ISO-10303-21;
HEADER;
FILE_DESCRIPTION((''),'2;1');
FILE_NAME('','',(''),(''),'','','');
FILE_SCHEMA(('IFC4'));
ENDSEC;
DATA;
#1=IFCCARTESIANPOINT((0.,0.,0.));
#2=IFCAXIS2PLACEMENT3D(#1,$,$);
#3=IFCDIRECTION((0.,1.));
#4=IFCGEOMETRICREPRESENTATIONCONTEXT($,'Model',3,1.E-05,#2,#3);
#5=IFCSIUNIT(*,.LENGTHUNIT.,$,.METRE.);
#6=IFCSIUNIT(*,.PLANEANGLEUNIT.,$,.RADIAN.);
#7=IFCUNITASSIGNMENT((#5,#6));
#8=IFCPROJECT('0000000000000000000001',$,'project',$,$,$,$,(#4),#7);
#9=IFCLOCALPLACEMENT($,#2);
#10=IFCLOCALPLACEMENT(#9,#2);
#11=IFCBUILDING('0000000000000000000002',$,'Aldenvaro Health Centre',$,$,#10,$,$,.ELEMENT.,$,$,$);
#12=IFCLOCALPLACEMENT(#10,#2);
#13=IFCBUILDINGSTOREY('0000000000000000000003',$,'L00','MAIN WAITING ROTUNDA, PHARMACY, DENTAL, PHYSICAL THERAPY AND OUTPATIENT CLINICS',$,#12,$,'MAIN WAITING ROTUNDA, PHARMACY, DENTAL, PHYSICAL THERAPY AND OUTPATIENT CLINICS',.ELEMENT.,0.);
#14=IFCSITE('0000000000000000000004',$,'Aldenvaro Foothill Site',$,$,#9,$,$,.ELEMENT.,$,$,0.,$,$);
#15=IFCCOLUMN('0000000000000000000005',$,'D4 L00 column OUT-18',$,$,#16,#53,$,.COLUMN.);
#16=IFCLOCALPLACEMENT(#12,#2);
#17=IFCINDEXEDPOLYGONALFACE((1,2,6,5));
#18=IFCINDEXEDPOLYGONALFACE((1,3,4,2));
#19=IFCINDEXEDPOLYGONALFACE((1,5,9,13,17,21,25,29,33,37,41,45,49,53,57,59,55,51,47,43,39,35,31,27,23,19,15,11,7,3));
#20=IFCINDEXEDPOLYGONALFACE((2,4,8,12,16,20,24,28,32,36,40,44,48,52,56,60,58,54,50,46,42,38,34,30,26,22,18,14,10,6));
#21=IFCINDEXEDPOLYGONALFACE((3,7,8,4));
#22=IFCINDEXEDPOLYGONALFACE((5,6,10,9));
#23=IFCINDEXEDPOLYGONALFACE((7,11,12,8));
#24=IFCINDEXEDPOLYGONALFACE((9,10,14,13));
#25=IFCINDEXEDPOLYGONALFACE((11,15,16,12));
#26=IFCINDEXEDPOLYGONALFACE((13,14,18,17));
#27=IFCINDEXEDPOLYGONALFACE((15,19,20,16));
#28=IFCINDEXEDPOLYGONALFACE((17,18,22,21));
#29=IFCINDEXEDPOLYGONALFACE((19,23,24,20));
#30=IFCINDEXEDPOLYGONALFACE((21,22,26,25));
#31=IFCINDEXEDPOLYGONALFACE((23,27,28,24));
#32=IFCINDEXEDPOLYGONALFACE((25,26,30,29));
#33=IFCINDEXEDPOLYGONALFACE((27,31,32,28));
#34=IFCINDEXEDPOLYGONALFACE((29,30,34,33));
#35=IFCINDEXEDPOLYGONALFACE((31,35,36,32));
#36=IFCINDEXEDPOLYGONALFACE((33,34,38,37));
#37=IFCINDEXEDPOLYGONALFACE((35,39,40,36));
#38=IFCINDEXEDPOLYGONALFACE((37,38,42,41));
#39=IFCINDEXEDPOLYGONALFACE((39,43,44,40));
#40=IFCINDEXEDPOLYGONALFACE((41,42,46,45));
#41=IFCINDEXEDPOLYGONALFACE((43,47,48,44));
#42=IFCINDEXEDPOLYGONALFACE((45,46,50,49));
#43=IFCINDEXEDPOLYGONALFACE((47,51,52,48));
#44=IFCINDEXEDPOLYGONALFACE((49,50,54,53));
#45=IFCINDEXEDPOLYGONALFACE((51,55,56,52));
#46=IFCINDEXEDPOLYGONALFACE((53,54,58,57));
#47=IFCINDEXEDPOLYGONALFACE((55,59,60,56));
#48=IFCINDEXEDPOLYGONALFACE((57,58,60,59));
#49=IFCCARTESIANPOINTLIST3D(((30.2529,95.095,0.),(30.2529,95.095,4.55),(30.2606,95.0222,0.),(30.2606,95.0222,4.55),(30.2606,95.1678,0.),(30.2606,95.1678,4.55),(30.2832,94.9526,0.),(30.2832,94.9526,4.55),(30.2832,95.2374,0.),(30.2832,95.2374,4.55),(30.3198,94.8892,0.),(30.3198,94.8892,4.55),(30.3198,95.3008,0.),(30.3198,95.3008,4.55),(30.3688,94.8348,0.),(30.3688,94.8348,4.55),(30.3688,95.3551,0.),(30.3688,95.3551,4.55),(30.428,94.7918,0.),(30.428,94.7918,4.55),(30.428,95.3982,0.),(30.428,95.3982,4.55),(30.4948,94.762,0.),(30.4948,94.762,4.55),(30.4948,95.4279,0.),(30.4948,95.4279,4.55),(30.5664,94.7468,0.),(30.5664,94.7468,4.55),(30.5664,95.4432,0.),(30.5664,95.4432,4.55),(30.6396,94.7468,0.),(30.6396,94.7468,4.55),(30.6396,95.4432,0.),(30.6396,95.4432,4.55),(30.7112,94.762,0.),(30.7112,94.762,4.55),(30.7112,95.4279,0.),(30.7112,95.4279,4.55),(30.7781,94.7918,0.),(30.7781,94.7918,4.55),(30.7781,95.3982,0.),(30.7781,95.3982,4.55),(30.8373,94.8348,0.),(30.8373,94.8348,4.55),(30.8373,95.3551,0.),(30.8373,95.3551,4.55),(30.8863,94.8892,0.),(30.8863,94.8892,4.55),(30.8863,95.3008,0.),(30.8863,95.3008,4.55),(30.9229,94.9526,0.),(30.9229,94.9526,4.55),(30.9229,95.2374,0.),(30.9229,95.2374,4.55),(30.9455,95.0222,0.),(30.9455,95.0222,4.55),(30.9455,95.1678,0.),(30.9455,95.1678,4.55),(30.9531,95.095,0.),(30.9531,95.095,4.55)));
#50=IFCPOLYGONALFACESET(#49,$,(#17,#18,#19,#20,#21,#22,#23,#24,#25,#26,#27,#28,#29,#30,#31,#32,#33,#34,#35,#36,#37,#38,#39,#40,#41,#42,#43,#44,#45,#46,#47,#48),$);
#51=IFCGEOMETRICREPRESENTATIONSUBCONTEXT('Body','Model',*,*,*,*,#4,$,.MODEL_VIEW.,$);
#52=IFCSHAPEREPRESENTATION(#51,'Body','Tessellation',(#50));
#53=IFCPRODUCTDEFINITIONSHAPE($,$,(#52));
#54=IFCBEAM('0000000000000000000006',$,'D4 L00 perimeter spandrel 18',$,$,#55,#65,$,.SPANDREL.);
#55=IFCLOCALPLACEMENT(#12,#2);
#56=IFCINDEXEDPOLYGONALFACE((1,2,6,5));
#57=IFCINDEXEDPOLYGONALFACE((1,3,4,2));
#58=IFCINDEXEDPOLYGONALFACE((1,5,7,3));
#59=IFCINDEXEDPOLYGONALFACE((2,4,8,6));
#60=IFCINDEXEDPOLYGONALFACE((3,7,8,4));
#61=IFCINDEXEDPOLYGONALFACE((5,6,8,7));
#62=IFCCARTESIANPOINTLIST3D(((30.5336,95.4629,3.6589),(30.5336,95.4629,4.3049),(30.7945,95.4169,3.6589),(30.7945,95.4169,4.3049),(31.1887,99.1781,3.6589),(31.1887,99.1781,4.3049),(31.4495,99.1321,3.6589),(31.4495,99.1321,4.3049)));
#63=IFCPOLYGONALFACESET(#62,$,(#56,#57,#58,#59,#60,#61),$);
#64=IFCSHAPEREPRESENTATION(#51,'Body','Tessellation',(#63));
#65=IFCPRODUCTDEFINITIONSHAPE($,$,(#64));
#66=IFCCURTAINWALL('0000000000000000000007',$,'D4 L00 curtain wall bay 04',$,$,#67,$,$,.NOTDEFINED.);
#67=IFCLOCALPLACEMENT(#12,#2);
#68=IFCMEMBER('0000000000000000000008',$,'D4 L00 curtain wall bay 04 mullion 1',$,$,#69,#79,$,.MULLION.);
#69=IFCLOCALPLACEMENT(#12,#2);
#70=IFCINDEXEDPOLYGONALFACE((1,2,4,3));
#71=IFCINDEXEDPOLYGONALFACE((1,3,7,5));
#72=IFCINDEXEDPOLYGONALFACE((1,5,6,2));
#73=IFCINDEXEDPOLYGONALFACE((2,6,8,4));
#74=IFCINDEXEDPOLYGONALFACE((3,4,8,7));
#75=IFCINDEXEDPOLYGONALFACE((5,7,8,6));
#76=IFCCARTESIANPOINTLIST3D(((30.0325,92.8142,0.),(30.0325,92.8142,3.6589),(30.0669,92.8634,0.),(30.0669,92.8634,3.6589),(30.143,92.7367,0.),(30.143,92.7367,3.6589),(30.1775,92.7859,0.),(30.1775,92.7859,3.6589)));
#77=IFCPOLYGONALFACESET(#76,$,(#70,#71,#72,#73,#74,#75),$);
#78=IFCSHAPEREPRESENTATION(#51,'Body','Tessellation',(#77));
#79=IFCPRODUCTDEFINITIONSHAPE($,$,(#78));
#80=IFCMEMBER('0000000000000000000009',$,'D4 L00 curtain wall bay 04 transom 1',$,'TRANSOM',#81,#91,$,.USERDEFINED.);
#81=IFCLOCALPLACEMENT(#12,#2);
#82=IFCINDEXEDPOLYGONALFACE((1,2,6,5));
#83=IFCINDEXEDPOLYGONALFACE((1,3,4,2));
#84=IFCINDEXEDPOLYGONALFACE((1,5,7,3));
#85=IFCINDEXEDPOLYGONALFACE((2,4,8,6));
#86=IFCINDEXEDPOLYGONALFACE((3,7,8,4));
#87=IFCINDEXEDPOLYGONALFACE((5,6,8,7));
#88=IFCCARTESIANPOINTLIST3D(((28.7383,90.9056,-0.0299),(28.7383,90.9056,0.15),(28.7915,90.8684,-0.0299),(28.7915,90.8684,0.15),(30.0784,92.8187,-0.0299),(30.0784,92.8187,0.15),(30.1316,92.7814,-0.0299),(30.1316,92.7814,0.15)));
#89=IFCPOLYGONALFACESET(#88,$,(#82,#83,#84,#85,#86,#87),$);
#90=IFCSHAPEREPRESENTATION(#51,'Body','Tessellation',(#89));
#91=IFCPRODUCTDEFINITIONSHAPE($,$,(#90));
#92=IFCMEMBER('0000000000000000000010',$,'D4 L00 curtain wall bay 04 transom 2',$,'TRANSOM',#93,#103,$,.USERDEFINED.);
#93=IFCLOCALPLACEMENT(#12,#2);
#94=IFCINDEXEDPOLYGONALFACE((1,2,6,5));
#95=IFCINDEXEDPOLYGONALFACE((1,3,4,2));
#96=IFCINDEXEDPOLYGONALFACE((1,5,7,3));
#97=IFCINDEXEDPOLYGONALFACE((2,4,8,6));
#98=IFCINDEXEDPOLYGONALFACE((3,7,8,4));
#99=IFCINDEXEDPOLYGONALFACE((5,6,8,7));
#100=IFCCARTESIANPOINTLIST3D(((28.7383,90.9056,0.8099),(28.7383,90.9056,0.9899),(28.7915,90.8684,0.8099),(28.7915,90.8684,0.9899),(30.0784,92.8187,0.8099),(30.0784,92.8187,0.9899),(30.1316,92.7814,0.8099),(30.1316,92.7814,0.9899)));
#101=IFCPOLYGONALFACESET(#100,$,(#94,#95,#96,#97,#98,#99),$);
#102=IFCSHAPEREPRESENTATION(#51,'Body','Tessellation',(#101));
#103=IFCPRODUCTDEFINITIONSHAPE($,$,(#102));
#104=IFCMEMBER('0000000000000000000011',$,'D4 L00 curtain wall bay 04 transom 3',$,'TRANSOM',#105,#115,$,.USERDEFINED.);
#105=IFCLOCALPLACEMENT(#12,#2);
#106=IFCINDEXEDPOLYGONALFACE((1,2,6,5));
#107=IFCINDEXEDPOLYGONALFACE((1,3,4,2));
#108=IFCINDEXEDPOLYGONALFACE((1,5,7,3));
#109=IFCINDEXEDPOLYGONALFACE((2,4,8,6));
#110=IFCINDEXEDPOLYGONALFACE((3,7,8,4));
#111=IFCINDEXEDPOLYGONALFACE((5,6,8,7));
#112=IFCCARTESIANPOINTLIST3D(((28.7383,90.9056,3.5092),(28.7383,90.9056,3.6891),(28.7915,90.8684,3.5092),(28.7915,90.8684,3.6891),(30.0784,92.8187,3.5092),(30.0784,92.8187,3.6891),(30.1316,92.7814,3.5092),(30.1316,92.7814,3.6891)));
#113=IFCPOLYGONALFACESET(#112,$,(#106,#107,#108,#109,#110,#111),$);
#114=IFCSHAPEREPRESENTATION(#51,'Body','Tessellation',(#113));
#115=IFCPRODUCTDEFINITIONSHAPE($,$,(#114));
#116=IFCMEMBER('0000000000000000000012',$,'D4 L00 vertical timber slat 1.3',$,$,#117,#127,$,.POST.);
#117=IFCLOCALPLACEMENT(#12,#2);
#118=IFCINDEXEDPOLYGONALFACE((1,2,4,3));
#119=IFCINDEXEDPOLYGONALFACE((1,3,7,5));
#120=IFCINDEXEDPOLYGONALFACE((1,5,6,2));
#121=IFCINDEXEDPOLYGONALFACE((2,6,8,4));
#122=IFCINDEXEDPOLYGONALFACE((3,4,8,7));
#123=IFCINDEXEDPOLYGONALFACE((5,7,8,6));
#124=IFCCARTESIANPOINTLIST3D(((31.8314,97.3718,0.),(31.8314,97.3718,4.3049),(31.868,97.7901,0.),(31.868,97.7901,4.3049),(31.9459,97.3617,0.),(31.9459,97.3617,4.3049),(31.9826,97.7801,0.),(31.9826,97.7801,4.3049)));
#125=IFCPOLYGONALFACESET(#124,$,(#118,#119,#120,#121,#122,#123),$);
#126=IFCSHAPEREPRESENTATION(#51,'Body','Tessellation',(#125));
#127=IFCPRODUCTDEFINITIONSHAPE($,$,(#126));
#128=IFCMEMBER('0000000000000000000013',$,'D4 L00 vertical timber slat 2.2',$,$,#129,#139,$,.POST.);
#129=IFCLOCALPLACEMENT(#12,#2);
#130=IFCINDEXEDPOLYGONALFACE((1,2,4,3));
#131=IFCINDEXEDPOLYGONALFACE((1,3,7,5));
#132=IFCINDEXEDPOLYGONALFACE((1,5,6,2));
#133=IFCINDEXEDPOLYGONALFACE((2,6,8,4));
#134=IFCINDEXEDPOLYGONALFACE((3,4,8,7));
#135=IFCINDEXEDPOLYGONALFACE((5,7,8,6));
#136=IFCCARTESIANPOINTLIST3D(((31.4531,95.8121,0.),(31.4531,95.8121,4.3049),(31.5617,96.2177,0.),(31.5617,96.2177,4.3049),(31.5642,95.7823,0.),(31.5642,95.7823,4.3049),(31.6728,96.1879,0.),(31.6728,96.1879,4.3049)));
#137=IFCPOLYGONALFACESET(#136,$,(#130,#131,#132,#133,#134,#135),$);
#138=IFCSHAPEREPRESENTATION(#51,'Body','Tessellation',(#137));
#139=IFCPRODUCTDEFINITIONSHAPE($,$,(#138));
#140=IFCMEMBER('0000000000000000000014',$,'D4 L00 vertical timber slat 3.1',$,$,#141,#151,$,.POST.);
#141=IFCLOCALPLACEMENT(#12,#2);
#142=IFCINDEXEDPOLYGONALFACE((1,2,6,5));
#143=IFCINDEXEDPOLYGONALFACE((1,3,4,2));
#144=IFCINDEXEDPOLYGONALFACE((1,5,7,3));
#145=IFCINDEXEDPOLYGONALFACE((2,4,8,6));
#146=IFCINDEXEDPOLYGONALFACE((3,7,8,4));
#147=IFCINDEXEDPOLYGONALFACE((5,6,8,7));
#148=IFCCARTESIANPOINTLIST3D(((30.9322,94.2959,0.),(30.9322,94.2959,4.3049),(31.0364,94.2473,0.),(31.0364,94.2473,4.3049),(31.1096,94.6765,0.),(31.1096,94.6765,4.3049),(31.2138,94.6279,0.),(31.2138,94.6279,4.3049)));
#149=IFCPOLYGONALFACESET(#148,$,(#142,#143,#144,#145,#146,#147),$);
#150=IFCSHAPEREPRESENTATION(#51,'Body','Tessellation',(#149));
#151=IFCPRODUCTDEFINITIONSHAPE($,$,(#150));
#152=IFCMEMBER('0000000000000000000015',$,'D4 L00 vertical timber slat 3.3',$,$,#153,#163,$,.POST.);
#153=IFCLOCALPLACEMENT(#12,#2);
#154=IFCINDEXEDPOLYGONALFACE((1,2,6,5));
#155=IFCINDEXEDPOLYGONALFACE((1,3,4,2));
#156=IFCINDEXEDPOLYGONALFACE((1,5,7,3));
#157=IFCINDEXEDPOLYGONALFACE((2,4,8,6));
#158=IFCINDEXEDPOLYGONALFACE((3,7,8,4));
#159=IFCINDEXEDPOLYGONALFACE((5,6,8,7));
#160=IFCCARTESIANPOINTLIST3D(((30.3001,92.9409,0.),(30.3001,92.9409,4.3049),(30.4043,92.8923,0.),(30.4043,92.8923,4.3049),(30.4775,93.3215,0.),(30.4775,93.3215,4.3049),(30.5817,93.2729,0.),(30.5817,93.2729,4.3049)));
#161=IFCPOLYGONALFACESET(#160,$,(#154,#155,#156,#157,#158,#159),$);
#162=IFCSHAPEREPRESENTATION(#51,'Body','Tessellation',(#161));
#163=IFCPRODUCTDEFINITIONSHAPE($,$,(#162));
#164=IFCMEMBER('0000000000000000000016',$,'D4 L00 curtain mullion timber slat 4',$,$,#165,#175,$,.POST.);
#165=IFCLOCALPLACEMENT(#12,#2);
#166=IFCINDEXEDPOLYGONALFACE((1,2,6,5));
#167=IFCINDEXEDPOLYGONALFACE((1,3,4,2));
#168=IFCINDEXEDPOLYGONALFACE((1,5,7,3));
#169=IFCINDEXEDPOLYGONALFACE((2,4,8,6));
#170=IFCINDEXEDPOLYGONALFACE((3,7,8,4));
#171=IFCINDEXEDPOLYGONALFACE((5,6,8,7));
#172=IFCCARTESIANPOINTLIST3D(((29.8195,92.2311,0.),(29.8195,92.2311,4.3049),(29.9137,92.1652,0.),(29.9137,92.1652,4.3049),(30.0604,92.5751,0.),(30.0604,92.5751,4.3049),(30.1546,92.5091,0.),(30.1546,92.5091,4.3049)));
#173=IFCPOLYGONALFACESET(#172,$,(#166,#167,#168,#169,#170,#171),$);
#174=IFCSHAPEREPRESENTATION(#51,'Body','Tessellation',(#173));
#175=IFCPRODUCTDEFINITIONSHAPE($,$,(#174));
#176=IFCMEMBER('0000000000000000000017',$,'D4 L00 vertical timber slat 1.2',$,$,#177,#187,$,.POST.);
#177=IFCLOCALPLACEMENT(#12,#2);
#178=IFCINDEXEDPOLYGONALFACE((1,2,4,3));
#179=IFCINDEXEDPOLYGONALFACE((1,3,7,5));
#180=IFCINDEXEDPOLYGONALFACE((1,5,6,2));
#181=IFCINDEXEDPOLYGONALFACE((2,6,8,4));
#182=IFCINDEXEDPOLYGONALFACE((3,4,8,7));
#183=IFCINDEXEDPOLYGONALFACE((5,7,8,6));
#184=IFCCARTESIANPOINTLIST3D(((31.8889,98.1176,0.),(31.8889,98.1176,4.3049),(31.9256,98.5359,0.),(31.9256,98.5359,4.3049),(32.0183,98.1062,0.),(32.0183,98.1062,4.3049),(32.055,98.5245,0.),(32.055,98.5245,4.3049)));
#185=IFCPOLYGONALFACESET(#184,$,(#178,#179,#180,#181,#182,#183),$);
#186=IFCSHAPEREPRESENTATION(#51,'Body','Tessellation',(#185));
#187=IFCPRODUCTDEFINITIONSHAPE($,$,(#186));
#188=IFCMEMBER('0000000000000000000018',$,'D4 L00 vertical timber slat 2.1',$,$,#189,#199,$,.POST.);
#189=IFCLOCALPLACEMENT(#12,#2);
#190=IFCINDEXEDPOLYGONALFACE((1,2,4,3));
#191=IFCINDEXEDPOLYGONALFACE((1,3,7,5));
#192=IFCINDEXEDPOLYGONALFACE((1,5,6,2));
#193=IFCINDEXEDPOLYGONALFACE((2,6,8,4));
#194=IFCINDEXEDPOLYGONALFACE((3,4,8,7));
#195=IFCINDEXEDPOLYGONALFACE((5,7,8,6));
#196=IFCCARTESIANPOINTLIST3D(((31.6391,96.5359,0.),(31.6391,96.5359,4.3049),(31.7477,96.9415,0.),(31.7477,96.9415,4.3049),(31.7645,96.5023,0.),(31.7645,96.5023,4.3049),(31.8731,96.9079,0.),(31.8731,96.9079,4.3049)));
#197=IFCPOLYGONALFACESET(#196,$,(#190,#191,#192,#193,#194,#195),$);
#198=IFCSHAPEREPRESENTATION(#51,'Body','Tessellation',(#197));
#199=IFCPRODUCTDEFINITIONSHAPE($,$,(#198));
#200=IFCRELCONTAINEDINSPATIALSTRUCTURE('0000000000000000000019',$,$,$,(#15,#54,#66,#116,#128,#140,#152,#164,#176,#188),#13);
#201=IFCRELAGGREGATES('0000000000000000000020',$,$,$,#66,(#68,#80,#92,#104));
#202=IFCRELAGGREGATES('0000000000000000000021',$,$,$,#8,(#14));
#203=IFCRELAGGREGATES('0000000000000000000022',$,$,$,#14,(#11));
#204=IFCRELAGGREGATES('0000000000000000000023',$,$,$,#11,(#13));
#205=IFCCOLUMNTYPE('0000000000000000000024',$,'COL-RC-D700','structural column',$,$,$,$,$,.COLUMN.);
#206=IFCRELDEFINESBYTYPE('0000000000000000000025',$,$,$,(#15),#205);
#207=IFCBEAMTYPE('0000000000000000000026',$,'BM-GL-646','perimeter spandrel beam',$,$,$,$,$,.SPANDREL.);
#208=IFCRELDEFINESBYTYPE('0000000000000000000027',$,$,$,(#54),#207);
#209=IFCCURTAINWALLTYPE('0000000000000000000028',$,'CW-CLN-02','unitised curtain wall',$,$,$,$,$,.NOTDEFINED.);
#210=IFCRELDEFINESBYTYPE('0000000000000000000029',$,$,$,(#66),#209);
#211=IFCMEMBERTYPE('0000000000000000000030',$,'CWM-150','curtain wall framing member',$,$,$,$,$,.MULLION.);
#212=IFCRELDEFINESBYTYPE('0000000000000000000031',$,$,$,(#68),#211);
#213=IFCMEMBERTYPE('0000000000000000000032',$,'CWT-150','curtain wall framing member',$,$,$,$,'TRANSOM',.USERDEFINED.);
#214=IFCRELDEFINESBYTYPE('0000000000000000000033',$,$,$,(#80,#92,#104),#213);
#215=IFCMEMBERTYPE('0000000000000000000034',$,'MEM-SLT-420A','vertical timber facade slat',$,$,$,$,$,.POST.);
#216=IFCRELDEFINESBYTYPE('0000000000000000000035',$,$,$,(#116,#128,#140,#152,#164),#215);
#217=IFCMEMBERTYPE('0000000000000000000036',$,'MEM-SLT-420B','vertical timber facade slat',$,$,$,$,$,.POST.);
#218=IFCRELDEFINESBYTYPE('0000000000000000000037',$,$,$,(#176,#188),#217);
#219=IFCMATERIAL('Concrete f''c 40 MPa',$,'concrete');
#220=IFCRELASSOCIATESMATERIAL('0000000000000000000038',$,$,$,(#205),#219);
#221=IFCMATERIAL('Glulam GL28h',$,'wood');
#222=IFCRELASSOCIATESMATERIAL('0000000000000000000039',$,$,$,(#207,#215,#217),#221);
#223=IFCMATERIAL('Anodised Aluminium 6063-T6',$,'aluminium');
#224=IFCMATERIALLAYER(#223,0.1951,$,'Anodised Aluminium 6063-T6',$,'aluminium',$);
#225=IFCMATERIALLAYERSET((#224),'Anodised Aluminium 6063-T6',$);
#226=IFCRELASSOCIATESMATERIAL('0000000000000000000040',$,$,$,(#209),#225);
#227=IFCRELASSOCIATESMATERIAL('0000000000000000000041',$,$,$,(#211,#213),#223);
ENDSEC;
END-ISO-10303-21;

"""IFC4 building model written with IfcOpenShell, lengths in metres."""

from ifc_helpers import new_model, si_unit, direction, frame, origin, origin_2d, place, context, subcontext, project, spatial, rectangle, circle, extrude, material, layer, layer_set, material_profile, profile_set, type_object, element, aggregate, save


model = new_model("IFC4")

# Units and contexts
model_context = context("Model", 3, precision=1e-05, world=origin(), true_north=direction((0.0, 1.0)))
body_context = subcontext(model_context, "Body", "Model", "MODEL_VIEW")
ifc_project = project(units=[si_unit("LENGTHUNIT", "METRE"), si_unit("PLANEANGLEUNIT", "RADIAN")], contexts=[model_context])

# Site, building, storey
site_placement = place(None, origin())
site = spatial("IfcSite", under=ifc_project, at=site_placement, Name="Aldenvaro Foothill Site", CompositionType="ELEMENT", RefElevation=0.0)
building_placement = place(site_placement, origin())
building = spatial("IfcBuilding", under=site, at=building_placement, Name="Aldenvaro Health Centre", CompositionType="ELEMENT")
storey_placement = place(building_placement, origin())
storey = spatial("IfcBuildingStorey", under=building, at=storey_placement, Name="L00", Description="MAIN WAITING ROTUNDA, PHARMACY, DENTAL, PHYSICAL THERAPY AND OUTPATIENT CLINICS", LongName="MAIN WAITING ROTUNDA, PHARMACY, DENTAL, PHYSICAL THERAPY AND OUTPATIENT CLINICS", CompositionType="ELEMENT", Elevation=0.0)

# Column
ifc_material_1 = material(Name="Concrete f'c 40 MPa", Category="concrete")
ifc_material_profile_1 = material_profile(ifc_material_1, circle(Radius=0.3501, at=origin_2d()), Name="RC D700", Category="concrete")
ifc_profile_set_1 = profile_set([ifc_material_profile_1], Name="Concrete f'c 40 MPa")
column_type = type_object("IfcColumnType", Name="COL-RC-D700", Description="structural column", PredefinedType="COLUMN", material=ifc_profile_set_1)
column_placement = place(storey_placement, frame((30.603, 95.095, 0.0), z_axis=(0.0, 0.0, 1.0), x_axis=(1.0, 0.0, 0.0)))
element("IfcColumn", 1, at=column_placement, inside=storey, type_object=column_type, Name="D4 L00 column OUT-18", PredefinedType="COLUMN", context=body_context, shape_type="SweptSolid", body=[
    extrude(circle(Radius=0.3501, at=origin_2d()), origin(), (0.0, 0.0, 1.0), 4.55),
])

# Beam
ifc_material_2 = material(Name="Glulam GL28h", Category="wood")
ifc_material_profile_2 = material_profile(ifc_material_2, rectangle(XDim=0.2649, YDim=0.646, at=origin_2d()), Name="GL 265x646", Category="wood")
ifc_profile_set_2 = profile_set([ifc_material_profile_2], Name="Glulam GL28h")
beam_type = type_object("IfcBeamType", Name="BM-GL-646", Description="perimeter spandrel beam", PredefinedType="SPANDREL", material=ifc_profile_set_2)
beam_placement = place(storey_placement, frame((30.6641, 95.4399, 3.9819), z_axis=(0.173638, 0.98481, 0.0), x_axis=(-0.98481, 0.173638, 0.0)))
element("IfcBeam", 2, at=beam_placement, inside=storey, type_object=beam_type, Name="D4 L00 perimeter spandrel 18", PredefinedType="SPANDREL", context=body_context, shape_type="SweptSolid", body=[
    extrude(rectangle(XDim=0.2649, YDim=0.646, at=origin_2d()), origin(), (0.0, 0.0, 1.0), 3.7725),
])

# Curtain wall, members
ifc_material_3 = material(Name="Anodised Aluminium 6063-T6", Category="aluminium")
ifc_layer_1 = layer(ifc_material_3, 0.1951, Name="Anodised Aluminium 6063-T6", Category="aluminium")
ifc_layer_set_1 = layer_set([ifc_layer_1], Name="Anodised Aluminium 6063-T6")
curtain_wall_type = type_object("IfcCurtainWallType", Name="CW-CLN-02", Description="unitised curtain wall", PredefinedType="NOTDEFINED", material=ifc_layer_set_1)
curtain_wall_placement = place(storey_placement, origin())
curtain_wall = element("IfcCurtainWall", 3, at=curtain_wall_placement, inside=storey, type_object=curtain_wall_type, Name="D4 L00 curtain wall bay 04", PredefinedType="NOTDEFINED")
ifc_material_profile_3 = material_profile(ifc_material_3, rectangle(XDim=0.0601, YDim=0.135, at=origin_2d()), Name="ALU 60x135", Category="aluminium")
ifc_profile_set_3 = profile_set([ifc_material_profile_3], Name="Anodised Aluminium 6063-T6")
member_type_1 = type_object("IfcMemberType", Name="CWM-150", Description="curtain wall framing member", PredefinedType="MULLION", material=ifc_profile_set_3)
member_1_placement = place(storey_placement, frame((30.105, 92.8, 0.0), z_axis=(0.0, 0.0, 1.0), x_axis=(-0.573721, -0.819051, 0.0)))
member_1 = element("IfcMember", 4, at=member_1_placement, type_object=member_type_1, Name="D4 L00 curtain wall bay 04 mullion 1", PredefinedType="MULLION", context=body_context, shape_type="SweptSolid", body=[
    extrude(rectangle(XDim=0.0601, YDim=0.135, at=origin_2d()), origin(), (0.0, 0.0, 1.0), 3.6589),
])
ifc_material_profile_4 = material_profile(ifc_material_3, rectangle(XDim=0.0649, YDim=0.1799, at=origin_2d()), Name="ALU 65x180", Category="aluminium")
ifc_profile_set_4 = profile_set([ifc_material_profile_4], Name="Anodised Aluminium 6063-T6")
member_type_2 = type_object("IfcMemberType", Name="CWT-150", Description="curtain wall framing member", ElementType="TRANSOM", PredefinedType="USERDEFINED", material=ifc_profile_set_4)
member_2_placement = place(storey_placement, frame((30.105, 92.8, 0.0601), z_axis=(-0.573729, -0.819045, 0.0), x_axis=(0.819045, -0.573729, 0.0)))
member_2 = element("IfcMember", 5, at=member_2_placement, type_object=member_type_2, Name="D4 L00 curtain wall bay 04 transom 1", ObjectType="TRANSOM", PredefinedType="USERDEFINED", context=body_context, shape_type="SweptSolid", body=[
    extrude(rectangle(XDim=0.0649, YDim=0.1799, at=origin_2d()), origin(), (0.0, 0.0, 1.0), 2.3357),
])
member_3_placement = place(storey_placement, frame((30.105, 92.8, 0.8999), z_axis=(-0.573729, -0.819045, 0.0), x_axis=(0.819045, -0.573729, 0.0)))
member_3 = element("IfcMember", 6, at=member_3_placement, type_object=member_type_2, Name="D4 L00 curtain wall bay 04 transom 2", ObjectType="TRANSOM", PredefinedType="USERDEFINED", context=body_context, shape_type="SweptSolid", body=[
    extrude(rectangle(XDim=0.0649, YDim=0.1799, at=origin_2d()), origin(), (0.0, 0.0, 1.0), 2.3357),
])
member_4_placement = place(storey_placement, frame((30.105, 92.8, 3.5991), z_axis=(-0.573729, -0.819045, 0.0), x_axis=(0.819045, -0.573729, 0.0)))
member_4 = element("IfcMember", 7, at=member_4_placement, type_object=member_type_2, Name="D4 L00 curtain wall bay 04 transom 3", ObjectType="TRANSOM", PredefinedType="USERDEFINED", context=body_context, shape_type="SweptSolid", body=[
    extrude(rectangle(XDim=0.0649, YDim=0.1799, at=origin_2d()), origin(), (0.0, 0.0, 1.0), 2.3357),
])

# Members
ifc_material_profile_5 = material_profile(ifc_material_2, rectangle(XDim=0.115, YDim=0.4199, at=origin_2d()), Name="GL 115x420", Category="wood")
ifc_profile_set_5 = profile_set([ifc_material_profile_5], Name="Glulam GL28h")
member_type_3 = type_object("IfcMemberType", Name="MEM-SLT-420A", Description="vertical timber facade slat", PredefinedType="POST", material=ifc_profile_set_5)
for number, where, z_axis, x_axis, name in (
    (8, (31.907, 97.5759, 0.0), (0.0, 0.0, 1.0), (0.996179, -0.087332, 0.0), "D4 L00 vertical timber slat 1.3"),
    (9, (31.563, 96.0, 0.0), (0.0, 0.0, 1.0), (0.965979, -0.258622, 0.0), "D4 L00 vertical timber slat 2.2"),
    (10, (31.073, 94.4619, 0.0), (0.0, 0.0, 1.0), (0.906336, -0.422557, 0.0), "D4 L00 vertical timber slat 3.1"),
    (11, (30.4409, 93.1069, 0.0), (0.0, 0.0, 1.0), (0.906336, -0.422557, 0.0), "D4 L00 vertical timber slat 3.3"),
    (12, (29.9871, 92.3701, 0.0), (0.0, 0.0, 1.0), (0.819051, -0.573721, 0.0), "D4 L00 curtain mullion timber slat 4"),
):
    element("IfcMember", number, at=place(storey_placement, frame(where, z_axis=z_axis, x_axis=x_axis)), inside=storey, type_object=member_type_3, Name=name, PredefinedType="POST", context=body_context, shape_type="SweptSolid", body=[
        extrude(rectangle(XDim=0.115, YDim=0.4199, at=origin_2d()), origin(), (0.0, 0.0, 1.0), 4.3049),
    ])
ifc_material_profile_6 = material_profile(ifc_material_2, rectangle(XDim=0.1299, YDim=0.4199, at=origin_2d()), Name="GL 130x420", Category="wood")
ifc_profile_set_6 = profile_set([ifc_material_profile_6], Name="Glulam GL28h")
member_type_4 = type_object("IfcMemberType", Name="MEM-SLT-420B", Description="vertical timber facade slat", PredefinedType="POST", material=ifc_profile_set_6)
for number, where, z_axis, x_axis, name in (
    (13, (31.9719, 98.321, 0.0), (0.0, 0.0, 1.0), (0.996179, -0.087332, 0.0), "D4 L00 vertical timber slat 1.2"),
    (14, (31.7561, 96.7219, 0.0), (0.0, 0.0, 1.0), (0.965979, -0.258622, 0.0), "D4 L00 vertical timber slat 2.1"),
):
    element("IfcMember", number, at=place(storey_placement, frame(where, z_axis=z_axis, x_axis=x_axis)), inside=storey, type_object=member_type_4, Name=name, PredefinedType="POST", context=body_context, shape_type="SweptSolid", body=[
        extrude(rectangle(XDim=0.1299, YDim=0.4199, at=origin_2d()), origin(), (0.0, 0.0, 1.0), 4.3049),
    ])

aggregate(curtain_wall, [member_1, member_2, member_3, member_4])

save(model, "model.ifc")
